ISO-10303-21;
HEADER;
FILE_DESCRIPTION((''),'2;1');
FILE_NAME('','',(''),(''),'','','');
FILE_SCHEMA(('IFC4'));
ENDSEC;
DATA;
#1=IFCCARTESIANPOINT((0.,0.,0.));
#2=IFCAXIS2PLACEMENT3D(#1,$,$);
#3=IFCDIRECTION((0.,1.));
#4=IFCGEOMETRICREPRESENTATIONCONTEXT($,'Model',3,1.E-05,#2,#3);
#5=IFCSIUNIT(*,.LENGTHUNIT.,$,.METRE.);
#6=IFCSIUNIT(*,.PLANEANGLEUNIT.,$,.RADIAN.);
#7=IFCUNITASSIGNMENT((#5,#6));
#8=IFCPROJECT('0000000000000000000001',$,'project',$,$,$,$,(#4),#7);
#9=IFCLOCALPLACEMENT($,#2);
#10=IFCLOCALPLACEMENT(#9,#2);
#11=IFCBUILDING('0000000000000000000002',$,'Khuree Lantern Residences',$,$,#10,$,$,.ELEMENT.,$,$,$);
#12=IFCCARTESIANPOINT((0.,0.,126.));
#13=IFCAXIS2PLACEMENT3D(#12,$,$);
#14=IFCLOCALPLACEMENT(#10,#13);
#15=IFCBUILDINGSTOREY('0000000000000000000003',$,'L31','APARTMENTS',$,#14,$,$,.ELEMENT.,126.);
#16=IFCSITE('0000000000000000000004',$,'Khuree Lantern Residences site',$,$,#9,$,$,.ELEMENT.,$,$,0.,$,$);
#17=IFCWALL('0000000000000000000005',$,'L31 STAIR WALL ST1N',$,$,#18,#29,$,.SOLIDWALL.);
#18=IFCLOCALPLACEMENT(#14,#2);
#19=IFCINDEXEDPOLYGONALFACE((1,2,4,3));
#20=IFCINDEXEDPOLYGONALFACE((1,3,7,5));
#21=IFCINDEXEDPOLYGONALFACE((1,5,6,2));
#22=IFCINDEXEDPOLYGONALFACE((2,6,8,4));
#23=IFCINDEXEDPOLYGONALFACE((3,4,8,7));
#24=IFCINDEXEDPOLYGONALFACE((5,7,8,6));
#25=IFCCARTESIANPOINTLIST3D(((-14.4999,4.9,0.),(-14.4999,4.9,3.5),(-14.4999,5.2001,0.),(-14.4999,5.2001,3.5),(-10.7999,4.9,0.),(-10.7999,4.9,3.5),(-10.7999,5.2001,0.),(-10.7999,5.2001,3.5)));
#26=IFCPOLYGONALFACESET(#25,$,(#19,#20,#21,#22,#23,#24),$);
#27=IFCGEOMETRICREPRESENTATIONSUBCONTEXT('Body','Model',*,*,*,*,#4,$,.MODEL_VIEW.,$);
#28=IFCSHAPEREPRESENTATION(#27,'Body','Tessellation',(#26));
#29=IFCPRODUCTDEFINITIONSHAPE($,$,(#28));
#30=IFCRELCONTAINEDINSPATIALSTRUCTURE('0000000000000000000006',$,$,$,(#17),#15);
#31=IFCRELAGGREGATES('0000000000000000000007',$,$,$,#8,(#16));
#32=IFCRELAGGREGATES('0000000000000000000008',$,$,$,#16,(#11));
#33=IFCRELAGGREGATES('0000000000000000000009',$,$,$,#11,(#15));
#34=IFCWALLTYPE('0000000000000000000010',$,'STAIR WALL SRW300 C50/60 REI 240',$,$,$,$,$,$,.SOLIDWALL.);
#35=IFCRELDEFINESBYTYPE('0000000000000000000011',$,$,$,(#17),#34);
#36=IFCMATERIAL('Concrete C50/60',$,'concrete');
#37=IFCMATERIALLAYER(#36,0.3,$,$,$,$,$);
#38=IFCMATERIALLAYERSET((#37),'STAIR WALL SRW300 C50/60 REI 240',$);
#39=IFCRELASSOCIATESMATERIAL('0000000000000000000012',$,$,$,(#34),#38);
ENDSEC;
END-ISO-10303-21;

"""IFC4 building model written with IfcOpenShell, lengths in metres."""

from ifc_helpers import new_model, si_unit, direction, frame, frame_2d, origin, place, context, subcontext, project, spatial, rectangle, extrude, material, layer, layer_set, type_object, element, save


model = new_model("IFC4")

# Units and contexts
model_context = context("Model", 3, precision=1e-05, world=origin(), true_north=direction((0.0, 1.0)))
body_context = subcontext(model_context, "Body", "Model", "MODEL_VIEW")
ifc_project = project(units=[si_unit("LENGTHUNIT", "METRE"), si_unit("PLANEANGLEUNIT", "RADIAN")], contexts=[model_context])

# Site, building, storey
site_placement = place(None, origin())
site = spatial("IfcSite", under=ifc_project, at=site_placement, Name="Khuree Lantern Residences site", CompositionType="ELEMENT", RefElevation=0.0)
building_placement = place(site_placement, origin())
building = spatial("IfcBuilding", under=site, at=building_placement, Name="Khuree Lantern Residences", CompositionType="ELEMENT")
storey_placement = place(building_placement, frame((0.0, 0.0, 126.0)))
storey = spatial("IfcBuildingStorey", under=building, at=storey_placement, Name="L31", Description="APARTMENTS", CompositionType="ELEMENT", Elevation=126.0)

# Wall
ifc_material_1 = material(Name="Concrete C50/60", Category="concrete")
ifc_layer_1 = layer(ifc_material_1, 0.3)
ifc_layer_set_1 = layer_set([ifc_layer_1], Name="STAIR WALL SRW300 C50/60 REI 240")
wall_type_1 = type_object("IfcWallType", Name="STAIR WALL SRW300 C50/60 REI 240", PredefinedType="SOLIDWALL", material=ifc_layer_set_1)
wall_1_placement = place(storey_placement, frame((-14.5, 5.05, 0.0), z_axis=(0.0, 0.0, 1.0), x_axis=(1.0, 0.0, 0.0)))
element("IfcWall", 1, at=wall_1_placement, inside=storey, type_object=wall_type_1, Name="L31 STAIR WALL ST1N", PredefinedType="SOLIDWALL", context=body_context, shape_type="SweptSolid", body=[
    extrude(rectangle(XDim=3.7, YDim=0.3, at=frame_2d((1.8501, 0.0))), origin(), (0.0, 0.0, 1.0), 3.5),
])

save(model, "model.ifc")
